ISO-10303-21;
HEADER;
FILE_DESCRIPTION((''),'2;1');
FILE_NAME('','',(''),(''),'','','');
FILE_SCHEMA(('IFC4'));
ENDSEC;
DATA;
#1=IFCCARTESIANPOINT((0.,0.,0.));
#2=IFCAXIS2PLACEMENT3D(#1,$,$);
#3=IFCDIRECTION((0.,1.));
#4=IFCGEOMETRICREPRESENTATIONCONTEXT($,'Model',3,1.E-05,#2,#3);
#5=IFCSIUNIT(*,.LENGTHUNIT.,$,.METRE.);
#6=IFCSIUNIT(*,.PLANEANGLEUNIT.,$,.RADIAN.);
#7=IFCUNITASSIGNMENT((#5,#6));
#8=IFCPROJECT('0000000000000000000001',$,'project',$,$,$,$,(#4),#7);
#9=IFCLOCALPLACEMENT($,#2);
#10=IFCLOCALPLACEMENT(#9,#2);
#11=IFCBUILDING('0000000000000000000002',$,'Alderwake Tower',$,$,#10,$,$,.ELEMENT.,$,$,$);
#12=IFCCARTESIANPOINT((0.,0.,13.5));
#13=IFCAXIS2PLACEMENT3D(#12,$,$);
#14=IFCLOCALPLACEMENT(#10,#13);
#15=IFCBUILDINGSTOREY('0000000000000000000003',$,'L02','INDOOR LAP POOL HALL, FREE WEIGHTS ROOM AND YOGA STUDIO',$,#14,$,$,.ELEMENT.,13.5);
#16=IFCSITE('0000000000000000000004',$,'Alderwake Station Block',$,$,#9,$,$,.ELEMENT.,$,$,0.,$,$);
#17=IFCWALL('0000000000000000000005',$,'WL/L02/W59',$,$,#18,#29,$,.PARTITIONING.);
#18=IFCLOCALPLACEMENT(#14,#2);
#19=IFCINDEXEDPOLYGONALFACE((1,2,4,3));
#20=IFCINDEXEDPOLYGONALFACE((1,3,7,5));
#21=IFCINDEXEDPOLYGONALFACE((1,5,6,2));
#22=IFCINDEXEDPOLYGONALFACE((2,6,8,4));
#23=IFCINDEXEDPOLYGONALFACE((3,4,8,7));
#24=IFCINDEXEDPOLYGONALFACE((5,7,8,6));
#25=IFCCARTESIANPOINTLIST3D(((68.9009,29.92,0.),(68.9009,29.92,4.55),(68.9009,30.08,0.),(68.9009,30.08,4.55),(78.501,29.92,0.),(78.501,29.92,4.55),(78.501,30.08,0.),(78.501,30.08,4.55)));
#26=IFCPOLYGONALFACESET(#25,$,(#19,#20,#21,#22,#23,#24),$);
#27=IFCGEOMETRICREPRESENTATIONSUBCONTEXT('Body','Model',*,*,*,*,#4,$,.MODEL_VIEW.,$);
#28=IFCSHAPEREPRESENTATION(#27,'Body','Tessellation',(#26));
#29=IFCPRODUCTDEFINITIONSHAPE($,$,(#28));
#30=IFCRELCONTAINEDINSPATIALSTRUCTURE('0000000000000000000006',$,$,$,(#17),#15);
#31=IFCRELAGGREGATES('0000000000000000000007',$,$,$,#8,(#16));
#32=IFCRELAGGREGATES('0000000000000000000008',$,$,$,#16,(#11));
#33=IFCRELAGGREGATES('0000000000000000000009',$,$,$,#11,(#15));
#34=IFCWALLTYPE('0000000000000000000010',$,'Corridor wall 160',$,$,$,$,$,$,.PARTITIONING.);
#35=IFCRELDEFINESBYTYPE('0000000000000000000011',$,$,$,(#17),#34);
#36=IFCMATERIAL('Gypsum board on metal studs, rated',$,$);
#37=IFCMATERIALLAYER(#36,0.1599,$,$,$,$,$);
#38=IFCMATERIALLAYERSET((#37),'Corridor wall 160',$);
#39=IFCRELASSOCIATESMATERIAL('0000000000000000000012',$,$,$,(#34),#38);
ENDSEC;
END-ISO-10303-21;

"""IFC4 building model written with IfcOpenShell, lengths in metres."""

from ifc_helpers import new_model, si_unit, direction, frame, frame_2d, origin, place, context, subcontext, project, spatial, rectangle, extrude, material, layer, layer_set, type_object, element, save


model = new_model("IFC4")

# Units and contexts
model_context = context("Model", 3, precision=1e-05, world=origin(), true_north=direction((0.0, 1.0)))
body_context = subcontext(model_context, "Body", "Model", "MODEL_VIEW")
ifc_project = project(units=[si_unit("LENGTHUNIT", "METRE"), si_unit("PLANEANGLEUNIT", "RADIAN")], contexts=[model_context])

# Site, building, storey
site_placement = place(None, origin())
site = spatial("IfcSite", under=ifc_project, at=site_placement, Name="Alderwake Station Block", CompositionType="ELEMENT", RefElevation=0.0)
building_placement = place(site_placement, origin())
building = spatial("IfcBuilding", under=site, at=building_placement, Name="Alderwake Tower", CompositionType="ELEMENT")
storey_placement = place(building_placement, frame((0.0, 0.0, 13.5)))
storey = spatial("IfcBuildingStorey", under=building, at=storey_placement, Name="L02", Description="INDOOR LAP POOL HALL, FREE WEIGHTS ROOM AND YOGA STUDIO", CompositionType="ELEMENT", Elevation=13.5)

# Shared definitions
ifc_material_1 = material(Name="Gypsum board on metal studs, rated")
ifc_layer_1 = layer(ifc_material_1, 0.1599)
ifc_layer_set_1 = layer_set([ifc_layer_1], Name="Corridor wall 160")
wall_type_1 = type_object("IfcWallType", Name="Corridor wall 160", PredefinedType="PARTITIONING", material=ifc_layer_set_1)

# Wall
wall_1_placement = place(storey_placement, frame((78.501, 30.0, 0.0), z_axis=(0.0, 0.0, 1.0), x_axis=(-1.0, 0.0, 0.0)))
element("IfcWall", 1, at=wall_1_placement, inside=storey, type_object=wall_type_1, Name="WL/L02/W59", PredefinedType="PARTITIONING", context=body_context, shape_type="SweptSolid", body=[
    extrude(rectangle(XDim=9.6001, YDim=0.1599, at=frame_2d((4.8, 0.0))), origin(), (0.0, 0.0, 1.0), 4.55),
])

save(model, "model.ifc")
